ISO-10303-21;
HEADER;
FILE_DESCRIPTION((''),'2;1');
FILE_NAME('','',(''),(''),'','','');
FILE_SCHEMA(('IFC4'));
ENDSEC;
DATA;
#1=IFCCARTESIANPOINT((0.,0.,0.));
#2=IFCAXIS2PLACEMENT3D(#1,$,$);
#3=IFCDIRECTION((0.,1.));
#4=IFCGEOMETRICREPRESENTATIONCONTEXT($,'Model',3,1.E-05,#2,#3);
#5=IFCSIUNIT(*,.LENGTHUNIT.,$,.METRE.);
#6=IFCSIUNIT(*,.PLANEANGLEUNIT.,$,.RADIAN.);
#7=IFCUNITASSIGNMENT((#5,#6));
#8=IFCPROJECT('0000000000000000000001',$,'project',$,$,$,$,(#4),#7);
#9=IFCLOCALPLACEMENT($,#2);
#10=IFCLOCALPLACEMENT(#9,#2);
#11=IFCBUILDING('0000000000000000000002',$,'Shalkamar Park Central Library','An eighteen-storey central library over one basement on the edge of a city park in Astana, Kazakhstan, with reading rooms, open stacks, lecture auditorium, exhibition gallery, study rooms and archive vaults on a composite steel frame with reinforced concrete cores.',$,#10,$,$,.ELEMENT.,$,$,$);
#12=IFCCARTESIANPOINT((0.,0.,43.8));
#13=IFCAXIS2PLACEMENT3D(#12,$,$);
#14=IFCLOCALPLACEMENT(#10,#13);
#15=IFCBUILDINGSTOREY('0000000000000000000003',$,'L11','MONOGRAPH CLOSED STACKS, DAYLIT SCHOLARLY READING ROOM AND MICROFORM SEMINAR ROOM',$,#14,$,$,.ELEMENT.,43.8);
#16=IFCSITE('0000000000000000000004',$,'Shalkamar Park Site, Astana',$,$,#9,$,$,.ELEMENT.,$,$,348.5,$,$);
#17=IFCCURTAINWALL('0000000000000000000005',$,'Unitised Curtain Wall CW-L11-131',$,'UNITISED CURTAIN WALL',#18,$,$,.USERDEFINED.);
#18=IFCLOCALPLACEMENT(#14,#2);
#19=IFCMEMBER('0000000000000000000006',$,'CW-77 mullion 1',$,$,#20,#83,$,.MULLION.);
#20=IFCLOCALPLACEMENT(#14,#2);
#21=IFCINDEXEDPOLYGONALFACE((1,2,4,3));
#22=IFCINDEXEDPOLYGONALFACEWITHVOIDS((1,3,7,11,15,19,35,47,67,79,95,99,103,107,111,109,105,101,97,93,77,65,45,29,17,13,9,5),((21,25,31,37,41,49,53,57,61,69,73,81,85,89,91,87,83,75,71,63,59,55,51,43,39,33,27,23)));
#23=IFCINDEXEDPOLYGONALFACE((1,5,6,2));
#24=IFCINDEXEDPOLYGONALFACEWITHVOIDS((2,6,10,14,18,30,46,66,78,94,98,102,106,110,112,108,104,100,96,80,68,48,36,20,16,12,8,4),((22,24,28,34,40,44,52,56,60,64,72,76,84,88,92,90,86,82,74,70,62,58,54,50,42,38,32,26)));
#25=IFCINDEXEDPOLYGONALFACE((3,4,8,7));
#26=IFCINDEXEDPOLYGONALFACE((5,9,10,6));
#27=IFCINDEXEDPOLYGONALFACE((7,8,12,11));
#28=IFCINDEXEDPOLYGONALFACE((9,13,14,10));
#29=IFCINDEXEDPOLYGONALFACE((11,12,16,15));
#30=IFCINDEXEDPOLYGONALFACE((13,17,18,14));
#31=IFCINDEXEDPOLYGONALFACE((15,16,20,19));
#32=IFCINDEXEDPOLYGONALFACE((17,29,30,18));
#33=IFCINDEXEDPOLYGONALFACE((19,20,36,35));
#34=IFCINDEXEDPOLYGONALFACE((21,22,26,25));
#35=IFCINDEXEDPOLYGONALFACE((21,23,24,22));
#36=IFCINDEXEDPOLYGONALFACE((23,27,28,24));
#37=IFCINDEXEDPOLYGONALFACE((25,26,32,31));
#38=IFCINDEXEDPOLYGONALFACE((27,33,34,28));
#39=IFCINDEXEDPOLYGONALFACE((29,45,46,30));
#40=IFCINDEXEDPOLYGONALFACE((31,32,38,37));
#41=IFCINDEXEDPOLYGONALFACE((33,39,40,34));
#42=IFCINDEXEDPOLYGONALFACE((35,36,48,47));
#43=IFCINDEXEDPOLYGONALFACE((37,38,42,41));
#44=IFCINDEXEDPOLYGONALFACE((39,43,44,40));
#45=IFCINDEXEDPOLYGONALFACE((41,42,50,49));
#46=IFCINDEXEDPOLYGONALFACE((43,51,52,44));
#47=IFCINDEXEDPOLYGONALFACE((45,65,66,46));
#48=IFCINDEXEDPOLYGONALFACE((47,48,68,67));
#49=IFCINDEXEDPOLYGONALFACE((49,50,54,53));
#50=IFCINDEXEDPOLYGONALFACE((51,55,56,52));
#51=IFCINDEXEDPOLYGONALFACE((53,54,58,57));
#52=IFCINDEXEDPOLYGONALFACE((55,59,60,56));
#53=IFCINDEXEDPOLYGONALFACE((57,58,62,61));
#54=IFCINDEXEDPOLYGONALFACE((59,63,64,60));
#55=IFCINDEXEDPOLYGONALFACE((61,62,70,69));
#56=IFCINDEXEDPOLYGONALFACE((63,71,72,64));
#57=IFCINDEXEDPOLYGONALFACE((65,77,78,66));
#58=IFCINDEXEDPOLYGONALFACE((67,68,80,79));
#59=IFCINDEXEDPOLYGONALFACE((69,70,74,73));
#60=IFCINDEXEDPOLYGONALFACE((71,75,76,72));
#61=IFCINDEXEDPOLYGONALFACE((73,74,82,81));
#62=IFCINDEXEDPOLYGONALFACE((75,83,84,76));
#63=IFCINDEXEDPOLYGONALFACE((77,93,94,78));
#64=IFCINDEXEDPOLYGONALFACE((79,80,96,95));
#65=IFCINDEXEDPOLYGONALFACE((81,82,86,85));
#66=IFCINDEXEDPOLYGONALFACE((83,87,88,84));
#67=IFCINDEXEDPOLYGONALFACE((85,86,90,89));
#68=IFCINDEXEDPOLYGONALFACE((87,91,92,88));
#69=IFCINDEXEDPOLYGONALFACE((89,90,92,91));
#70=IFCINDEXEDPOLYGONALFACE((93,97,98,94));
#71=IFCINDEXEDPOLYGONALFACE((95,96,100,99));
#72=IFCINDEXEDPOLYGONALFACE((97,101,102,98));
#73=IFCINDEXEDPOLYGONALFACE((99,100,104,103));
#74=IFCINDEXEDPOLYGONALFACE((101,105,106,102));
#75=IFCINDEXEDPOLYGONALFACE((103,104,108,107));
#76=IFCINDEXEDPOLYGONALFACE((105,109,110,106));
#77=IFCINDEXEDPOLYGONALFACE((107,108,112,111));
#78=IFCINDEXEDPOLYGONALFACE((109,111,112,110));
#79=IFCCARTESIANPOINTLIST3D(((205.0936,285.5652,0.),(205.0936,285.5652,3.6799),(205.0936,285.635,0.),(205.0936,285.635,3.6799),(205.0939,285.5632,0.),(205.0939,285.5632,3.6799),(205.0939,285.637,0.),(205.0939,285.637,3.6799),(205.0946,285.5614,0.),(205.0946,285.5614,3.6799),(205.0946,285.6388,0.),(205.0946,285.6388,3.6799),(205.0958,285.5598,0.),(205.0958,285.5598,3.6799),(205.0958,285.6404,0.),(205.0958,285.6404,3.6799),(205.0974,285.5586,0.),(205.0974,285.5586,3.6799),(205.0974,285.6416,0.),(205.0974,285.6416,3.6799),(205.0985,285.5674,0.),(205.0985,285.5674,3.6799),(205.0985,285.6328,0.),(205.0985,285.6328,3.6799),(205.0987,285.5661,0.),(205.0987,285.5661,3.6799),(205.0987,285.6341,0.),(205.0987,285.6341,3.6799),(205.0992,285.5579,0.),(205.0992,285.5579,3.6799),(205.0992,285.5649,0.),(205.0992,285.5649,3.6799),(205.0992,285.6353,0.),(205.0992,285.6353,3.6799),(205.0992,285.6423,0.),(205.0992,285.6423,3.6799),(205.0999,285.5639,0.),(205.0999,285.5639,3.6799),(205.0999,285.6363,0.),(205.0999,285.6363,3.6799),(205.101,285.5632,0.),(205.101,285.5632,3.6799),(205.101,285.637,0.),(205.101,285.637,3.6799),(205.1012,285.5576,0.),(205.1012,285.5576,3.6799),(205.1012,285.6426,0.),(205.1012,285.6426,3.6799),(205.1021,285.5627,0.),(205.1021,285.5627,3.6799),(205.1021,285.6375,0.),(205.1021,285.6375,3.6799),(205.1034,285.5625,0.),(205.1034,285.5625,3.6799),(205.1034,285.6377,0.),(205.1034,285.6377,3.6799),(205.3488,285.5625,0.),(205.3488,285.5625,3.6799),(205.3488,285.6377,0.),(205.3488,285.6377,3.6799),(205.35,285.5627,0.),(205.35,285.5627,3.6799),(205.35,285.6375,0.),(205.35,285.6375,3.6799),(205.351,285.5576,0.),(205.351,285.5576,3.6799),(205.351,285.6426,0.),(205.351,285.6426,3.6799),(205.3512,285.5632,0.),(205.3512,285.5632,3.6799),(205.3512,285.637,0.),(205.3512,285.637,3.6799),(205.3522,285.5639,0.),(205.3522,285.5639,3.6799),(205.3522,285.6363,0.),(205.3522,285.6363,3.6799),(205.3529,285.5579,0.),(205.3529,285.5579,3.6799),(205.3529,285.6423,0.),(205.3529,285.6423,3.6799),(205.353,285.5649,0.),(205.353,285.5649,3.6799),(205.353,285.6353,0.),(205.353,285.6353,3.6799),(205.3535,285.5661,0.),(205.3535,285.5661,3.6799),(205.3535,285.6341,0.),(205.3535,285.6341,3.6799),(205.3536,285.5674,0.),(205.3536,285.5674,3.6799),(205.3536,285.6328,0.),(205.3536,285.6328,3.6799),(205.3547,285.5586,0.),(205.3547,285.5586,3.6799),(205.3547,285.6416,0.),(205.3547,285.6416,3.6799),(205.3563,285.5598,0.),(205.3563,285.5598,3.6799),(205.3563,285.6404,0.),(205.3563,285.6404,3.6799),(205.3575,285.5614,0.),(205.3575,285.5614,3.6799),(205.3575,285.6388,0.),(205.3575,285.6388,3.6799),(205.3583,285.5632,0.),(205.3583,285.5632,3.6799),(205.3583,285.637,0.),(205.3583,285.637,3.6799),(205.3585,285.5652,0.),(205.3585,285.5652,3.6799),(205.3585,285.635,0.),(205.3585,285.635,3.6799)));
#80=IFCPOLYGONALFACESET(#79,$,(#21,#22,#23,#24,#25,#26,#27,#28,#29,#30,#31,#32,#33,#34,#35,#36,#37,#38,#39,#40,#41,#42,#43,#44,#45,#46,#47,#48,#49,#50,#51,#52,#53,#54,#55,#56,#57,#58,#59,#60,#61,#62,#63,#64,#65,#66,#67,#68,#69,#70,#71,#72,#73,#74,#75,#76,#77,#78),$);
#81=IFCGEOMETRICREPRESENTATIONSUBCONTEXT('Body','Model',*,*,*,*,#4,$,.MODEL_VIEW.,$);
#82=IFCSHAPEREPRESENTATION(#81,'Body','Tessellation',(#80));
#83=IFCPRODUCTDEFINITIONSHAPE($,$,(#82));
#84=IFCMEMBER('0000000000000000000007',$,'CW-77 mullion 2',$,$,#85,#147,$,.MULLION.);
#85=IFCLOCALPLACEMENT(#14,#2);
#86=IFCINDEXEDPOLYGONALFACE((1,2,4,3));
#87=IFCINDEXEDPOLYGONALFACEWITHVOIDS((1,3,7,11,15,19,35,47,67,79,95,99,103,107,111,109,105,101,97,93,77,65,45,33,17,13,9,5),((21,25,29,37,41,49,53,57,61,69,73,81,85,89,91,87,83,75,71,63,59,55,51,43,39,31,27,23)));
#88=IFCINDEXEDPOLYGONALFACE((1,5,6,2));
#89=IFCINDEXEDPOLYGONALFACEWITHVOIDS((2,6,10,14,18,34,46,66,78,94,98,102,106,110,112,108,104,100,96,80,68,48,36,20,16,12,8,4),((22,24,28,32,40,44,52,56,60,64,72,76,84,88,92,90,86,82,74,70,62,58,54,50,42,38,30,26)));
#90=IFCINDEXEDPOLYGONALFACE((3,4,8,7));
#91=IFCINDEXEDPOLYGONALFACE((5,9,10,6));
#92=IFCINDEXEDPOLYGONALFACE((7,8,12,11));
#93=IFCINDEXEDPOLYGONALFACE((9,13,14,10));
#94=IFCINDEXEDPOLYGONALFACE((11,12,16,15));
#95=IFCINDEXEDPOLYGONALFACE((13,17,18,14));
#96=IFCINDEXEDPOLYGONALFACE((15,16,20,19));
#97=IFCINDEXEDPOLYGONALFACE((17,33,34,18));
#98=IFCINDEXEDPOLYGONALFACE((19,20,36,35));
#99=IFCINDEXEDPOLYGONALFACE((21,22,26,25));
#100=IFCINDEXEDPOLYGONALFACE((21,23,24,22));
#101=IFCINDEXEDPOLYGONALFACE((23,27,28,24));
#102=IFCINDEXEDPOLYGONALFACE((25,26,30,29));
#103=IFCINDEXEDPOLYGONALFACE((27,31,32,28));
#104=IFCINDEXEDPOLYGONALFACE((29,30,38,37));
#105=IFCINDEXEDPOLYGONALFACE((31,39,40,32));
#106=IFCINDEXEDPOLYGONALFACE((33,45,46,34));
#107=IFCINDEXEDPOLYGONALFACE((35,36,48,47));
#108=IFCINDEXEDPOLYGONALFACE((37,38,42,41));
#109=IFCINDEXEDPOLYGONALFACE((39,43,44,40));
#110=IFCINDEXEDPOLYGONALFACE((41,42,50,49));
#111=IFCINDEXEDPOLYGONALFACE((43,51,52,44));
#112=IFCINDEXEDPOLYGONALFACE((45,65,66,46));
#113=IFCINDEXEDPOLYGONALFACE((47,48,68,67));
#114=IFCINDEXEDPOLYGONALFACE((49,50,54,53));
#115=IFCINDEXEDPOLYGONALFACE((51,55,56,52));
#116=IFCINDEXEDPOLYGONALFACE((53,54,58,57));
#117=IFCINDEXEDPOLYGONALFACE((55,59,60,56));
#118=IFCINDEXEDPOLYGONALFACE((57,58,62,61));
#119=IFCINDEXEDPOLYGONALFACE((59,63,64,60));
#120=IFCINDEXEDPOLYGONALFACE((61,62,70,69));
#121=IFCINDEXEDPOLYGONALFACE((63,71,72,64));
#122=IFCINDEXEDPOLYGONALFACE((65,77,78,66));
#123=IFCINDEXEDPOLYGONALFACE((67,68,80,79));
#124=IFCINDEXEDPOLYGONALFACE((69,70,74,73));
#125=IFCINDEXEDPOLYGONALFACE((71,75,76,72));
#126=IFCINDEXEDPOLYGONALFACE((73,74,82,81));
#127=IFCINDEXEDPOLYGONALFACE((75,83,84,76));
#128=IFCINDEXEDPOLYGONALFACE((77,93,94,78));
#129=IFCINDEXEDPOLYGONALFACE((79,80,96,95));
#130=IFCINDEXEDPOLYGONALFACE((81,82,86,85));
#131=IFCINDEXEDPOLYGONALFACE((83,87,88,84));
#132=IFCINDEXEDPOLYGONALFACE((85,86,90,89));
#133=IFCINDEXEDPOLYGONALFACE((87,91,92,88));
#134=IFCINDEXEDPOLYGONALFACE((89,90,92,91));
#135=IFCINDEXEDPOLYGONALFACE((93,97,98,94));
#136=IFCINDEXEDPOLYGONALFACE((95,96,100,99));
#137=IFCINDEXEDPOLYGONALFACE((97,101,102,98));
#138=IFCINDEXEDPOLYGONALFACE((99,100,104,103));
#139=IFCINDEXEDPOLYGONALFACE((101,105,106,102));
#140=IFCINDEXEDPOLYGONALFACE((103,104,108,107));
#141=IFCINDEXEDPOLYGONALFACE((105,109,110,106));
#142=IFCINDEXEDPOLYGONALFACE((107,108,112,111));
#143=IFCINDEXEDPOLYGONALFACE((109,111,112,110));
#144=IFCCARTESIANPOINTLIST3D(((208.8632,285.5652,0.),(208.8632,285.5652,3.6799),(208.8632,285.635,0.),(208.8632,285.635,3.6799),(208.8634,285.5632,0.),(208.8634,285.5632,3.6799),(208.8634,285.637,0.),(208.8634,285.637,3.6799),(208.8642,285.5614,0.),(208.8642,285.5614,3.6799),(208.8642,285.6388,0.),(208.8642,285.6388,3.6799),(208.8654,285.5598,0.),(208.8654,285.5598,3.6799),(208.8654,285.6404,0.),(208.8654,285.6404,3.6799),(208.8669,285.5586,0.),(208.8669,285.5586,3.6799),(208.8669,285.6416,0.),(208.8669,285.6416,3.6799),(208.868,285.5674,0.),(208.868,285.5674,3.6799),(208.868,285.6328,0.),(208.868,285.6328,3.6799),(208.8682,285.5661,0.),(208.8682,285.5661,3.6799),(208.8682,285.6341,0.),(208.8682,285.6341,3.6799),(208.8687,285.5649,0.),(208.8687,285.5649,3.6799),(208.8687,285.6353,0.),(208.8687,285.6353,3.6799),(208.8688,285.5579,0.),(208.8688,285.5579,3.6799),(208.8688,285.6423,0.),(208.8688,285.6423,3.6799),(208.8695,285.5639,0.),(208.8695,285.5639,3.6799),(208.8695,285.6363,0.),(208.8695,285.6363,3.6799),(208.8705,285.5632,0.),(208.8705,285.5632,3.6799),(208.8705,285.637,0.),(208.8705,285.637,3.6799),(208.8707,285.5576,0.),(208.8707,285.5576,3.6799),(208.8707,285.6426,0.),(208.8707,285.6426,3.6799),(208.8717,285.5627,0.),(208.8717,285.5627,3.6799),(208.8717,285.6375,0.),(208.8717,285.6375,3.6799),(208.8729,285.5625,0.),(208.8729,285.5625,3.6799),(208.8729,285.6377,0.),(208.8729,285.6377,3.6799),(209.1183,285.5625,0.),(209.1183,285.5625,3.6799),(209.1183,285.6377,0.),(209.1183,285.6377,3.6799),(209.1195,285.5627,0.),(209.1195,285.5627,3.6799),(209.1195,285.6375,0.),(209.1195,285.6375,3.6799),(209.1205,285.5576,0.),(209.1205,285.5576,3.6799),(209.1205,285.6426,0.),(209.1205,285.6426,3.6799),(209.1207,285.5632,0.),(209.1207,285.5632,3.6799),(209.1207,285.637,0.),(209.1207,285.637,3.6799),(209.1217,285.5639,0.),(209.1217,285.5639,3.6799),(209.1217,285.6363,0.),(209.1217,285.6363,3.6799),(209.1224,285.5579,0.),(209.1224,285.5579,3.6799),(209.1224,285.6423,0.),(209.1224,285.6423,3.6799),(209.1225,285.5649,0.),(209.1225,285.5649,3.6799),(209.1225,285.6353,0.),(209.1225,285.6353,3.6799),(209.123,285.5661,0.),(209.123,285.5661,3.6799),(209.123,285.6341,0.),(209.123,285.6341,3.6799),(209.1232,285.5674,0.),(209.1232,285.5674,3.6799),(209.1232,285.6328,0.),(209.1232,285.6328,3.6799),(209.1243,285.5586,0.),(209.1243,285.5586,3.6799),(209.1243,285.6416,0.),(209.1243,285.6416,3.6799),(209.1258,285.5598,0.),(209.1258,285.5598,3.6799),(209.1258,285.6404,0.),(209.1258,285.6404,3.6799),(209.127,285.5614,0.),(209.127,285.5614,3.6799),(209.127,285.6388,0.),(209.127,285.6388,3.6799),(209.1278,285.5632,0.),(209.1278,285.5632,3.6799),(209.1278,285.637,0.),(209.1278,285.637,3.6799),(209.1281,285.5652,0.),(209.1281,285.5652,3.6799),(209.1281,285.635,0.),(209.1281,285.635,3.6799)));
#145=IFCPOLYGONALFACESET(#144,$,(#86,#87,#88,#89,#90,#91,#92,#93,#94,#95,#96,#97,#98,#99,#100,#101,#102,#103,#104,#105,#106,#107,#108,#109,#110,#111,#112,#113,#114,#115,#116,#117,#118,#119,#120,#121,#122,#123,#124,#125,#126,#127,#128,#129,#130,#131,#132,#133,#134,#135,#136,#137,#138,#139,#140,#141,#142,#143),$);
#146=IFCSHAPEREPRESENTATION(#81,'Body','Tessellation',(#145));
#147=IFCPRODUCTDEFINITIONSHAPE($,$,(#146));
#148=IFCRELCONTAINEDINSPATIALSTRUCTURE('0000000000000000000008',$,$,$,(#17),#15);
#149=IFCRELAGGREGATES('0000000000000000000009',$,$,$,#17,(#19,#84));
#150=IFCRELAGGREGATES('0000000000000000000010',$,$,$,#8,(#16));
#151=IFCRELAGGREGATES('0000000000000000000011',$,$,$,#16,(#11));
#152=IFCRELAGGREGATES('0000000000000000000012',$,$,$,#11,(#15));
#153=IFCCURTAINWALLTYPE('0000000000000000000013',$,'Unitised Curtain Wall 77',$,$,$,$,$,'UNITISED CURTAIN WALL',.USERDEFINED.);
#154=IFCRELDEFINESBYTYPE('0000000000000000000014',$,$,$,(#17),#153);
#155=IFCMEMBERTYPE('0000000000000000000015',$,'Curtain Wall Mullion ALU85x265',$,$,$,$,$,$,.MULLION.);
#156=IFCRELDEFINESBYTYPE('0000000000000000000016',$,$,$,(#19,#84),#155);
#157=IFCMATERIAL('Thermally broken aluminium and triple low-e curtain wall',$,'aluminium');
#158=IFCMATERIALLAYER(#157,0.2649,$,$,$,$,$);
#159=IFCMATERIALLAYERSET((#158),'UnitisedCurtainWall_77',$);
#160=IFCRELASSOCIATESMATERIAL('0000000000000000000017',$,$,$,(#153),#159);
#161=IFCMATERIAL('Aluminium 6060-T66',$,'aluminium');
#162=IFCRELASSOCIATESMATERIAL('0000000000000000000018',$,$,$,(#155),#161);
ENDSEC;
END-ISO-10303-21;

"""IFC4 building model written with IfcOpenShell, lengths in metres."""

from ifc_helpers import new_model, si_unit, direction, frame, origin, origin_2d, place, context, subcontext, project, spatial, hollow_rectangle, extrude, material, layer, layer_set, material_profile, profile_set, type_object, element, aggregate, save


model = new_model("IFC4")

# Units and contexts
model_context = context("Model", 3, precision=1e-05, world=origin(), true_north=direction((0.0, 1.0)))
body_context = subcontext(model_context, "Body", "Model", "MODEL_VIEW")
ifc_project = project(units=[si_unit("LENGTHUNIT", "METRE"), si_unit("PLANEANGLEUNIT", "RADIAN")], contexts=[model_context])

# Site, building, storey
site_placement = place(None, origin())
site = spatial("IfcSite", under=ifc_project, at=site_placement, Name="Shalkamar Park Site, Astana", CompositionType="ELEMENT", RefElevation=348.5)
building_placement = place(site_placement, origin())
building = spatial("IfcBuilding", under=site, at=building_placement, Name="Shalkamar Park Central Library", Description="An eighteen-storey central library over one basement on the edge of a city park in Astana, Kazakhstan, with reading rooms, open stacks, lecture auditorium, exhibition gallery, study rooms and archive vaults on a composite steel frame with reinforced concrete cores.", CompositionType="ELEMENT")
storey_placement = place(building_placement, frame((0.0, 0.0, 43.8)))
storey = spatial("IfcBuildingStorey", under=building, at=storey_placement, Name="L11", Description="MONOGRAPH CLOSED STACKS, DAYLIT SCHOLARLY READING ROOM AND MICROFORM SEMINAR ROOM", CompositionType="ELEMENT", Elevation=43.8)

# Curtain wall, members
ifc_material_1 = material(Name="Thermally broken aluminium and triple low-e curtain wall", Category="aluminium")
ifc_material_2 = material(Name="Aluminium 6060-T66", Category="aluminium")
ifc_layer_1 = layer(ifc_material_1, 0.2649)
ifc_layer_set_1 = layer_set([ifc_layer_1], Name="UnitisedCurtainWall_77")
curtain_wall_type_1 = type_object("IfcCurtainWallType", Name="Unitised Curtain Wall 77", ElementType="UNITISED CURTAIN WALL", PredefinedType="USERDEFINED", material=ifc_layer_set_1)
curtain_wall_1_placement = place(storey_placement, origin())
curtain_wall_1 = element("IfcCurtainWall", 1, at=curtain_wall_1_placement, inside=storey, type_object=curtain_wall_type_1, Name="Unitised Curtain Wall CW-L11-131", ObjectType="UNITISED CURTAIN WALL", PredefinedType="USERDEFINED")
ifc_material_profile_1 = material_profile(ifc_material_2, hollow_rectangle(XDim=0.085, YDim=0.2649, WallThickness=0.0049, InnerFilletRadius=0.0049, OuterFilletRadius=0.0076, at=origin_2d()), Name="ALU 85x265x5")
ifc_profile_set_1 = profile_set([ifc_material_profile_1], Name="Aluminium 6060-T66")
member_type_1 = type_object("IfcMemberType", Name="Curtain Wall Mullion ALU85x265", PredefinedType="MULLION", material=ifc_profile_set_1)
member_1_placement = place(storey_placement, frame((205.2261, 285.6001, 0.0), z_axis=(0.0, 0.0, 1.0), x_axis=(0.0, 1.0, 0.0)))
member_1 = element("IfcMember", 2, at=member_1_placement, type_object=member_type_1, Name="CW-77 mullion 1", PredefinedType="MULLION", context=body_context, shape_type="SweptSolid", body=[
    extrude(hollow_rectangle(XDim=0.085, YDim=0.2649, WallThickness=0.0049, InnerFilletRadius=0.0049, OuterFilletRadius=0.0076, at=origin_2d()), origin(), (0.0, 0.0, 1.0), 3.6799),
])
member_2_placement = place(storey_placement, frame((208.9956, 285.6001, 0.0), z_axis=(0.0, 0.0, 1.0), x_axis=(0.0, 1.0, 0.0)))
member_2 = element("IfcMember", 3, at=member_2_placement, type_object=member_type_1, Name="CW-77 mullion 2", PredefinedType="MULLION", context=body_context, shape_type="SweptSolid", body=[
    extrude(hollow_rectangle(XDim=0.085, YDim=0.2649, WallThickness=0.0049, InnerFilletRadius=0.0049, OuterFilletRadius=0.0076, at=origin_2d()), origin(), (0.0, 0.0, 1.0), 3.6799),
])

aggregate(curtain_wall_1, [member_1, member_2])

save(model, "model.ifc")
